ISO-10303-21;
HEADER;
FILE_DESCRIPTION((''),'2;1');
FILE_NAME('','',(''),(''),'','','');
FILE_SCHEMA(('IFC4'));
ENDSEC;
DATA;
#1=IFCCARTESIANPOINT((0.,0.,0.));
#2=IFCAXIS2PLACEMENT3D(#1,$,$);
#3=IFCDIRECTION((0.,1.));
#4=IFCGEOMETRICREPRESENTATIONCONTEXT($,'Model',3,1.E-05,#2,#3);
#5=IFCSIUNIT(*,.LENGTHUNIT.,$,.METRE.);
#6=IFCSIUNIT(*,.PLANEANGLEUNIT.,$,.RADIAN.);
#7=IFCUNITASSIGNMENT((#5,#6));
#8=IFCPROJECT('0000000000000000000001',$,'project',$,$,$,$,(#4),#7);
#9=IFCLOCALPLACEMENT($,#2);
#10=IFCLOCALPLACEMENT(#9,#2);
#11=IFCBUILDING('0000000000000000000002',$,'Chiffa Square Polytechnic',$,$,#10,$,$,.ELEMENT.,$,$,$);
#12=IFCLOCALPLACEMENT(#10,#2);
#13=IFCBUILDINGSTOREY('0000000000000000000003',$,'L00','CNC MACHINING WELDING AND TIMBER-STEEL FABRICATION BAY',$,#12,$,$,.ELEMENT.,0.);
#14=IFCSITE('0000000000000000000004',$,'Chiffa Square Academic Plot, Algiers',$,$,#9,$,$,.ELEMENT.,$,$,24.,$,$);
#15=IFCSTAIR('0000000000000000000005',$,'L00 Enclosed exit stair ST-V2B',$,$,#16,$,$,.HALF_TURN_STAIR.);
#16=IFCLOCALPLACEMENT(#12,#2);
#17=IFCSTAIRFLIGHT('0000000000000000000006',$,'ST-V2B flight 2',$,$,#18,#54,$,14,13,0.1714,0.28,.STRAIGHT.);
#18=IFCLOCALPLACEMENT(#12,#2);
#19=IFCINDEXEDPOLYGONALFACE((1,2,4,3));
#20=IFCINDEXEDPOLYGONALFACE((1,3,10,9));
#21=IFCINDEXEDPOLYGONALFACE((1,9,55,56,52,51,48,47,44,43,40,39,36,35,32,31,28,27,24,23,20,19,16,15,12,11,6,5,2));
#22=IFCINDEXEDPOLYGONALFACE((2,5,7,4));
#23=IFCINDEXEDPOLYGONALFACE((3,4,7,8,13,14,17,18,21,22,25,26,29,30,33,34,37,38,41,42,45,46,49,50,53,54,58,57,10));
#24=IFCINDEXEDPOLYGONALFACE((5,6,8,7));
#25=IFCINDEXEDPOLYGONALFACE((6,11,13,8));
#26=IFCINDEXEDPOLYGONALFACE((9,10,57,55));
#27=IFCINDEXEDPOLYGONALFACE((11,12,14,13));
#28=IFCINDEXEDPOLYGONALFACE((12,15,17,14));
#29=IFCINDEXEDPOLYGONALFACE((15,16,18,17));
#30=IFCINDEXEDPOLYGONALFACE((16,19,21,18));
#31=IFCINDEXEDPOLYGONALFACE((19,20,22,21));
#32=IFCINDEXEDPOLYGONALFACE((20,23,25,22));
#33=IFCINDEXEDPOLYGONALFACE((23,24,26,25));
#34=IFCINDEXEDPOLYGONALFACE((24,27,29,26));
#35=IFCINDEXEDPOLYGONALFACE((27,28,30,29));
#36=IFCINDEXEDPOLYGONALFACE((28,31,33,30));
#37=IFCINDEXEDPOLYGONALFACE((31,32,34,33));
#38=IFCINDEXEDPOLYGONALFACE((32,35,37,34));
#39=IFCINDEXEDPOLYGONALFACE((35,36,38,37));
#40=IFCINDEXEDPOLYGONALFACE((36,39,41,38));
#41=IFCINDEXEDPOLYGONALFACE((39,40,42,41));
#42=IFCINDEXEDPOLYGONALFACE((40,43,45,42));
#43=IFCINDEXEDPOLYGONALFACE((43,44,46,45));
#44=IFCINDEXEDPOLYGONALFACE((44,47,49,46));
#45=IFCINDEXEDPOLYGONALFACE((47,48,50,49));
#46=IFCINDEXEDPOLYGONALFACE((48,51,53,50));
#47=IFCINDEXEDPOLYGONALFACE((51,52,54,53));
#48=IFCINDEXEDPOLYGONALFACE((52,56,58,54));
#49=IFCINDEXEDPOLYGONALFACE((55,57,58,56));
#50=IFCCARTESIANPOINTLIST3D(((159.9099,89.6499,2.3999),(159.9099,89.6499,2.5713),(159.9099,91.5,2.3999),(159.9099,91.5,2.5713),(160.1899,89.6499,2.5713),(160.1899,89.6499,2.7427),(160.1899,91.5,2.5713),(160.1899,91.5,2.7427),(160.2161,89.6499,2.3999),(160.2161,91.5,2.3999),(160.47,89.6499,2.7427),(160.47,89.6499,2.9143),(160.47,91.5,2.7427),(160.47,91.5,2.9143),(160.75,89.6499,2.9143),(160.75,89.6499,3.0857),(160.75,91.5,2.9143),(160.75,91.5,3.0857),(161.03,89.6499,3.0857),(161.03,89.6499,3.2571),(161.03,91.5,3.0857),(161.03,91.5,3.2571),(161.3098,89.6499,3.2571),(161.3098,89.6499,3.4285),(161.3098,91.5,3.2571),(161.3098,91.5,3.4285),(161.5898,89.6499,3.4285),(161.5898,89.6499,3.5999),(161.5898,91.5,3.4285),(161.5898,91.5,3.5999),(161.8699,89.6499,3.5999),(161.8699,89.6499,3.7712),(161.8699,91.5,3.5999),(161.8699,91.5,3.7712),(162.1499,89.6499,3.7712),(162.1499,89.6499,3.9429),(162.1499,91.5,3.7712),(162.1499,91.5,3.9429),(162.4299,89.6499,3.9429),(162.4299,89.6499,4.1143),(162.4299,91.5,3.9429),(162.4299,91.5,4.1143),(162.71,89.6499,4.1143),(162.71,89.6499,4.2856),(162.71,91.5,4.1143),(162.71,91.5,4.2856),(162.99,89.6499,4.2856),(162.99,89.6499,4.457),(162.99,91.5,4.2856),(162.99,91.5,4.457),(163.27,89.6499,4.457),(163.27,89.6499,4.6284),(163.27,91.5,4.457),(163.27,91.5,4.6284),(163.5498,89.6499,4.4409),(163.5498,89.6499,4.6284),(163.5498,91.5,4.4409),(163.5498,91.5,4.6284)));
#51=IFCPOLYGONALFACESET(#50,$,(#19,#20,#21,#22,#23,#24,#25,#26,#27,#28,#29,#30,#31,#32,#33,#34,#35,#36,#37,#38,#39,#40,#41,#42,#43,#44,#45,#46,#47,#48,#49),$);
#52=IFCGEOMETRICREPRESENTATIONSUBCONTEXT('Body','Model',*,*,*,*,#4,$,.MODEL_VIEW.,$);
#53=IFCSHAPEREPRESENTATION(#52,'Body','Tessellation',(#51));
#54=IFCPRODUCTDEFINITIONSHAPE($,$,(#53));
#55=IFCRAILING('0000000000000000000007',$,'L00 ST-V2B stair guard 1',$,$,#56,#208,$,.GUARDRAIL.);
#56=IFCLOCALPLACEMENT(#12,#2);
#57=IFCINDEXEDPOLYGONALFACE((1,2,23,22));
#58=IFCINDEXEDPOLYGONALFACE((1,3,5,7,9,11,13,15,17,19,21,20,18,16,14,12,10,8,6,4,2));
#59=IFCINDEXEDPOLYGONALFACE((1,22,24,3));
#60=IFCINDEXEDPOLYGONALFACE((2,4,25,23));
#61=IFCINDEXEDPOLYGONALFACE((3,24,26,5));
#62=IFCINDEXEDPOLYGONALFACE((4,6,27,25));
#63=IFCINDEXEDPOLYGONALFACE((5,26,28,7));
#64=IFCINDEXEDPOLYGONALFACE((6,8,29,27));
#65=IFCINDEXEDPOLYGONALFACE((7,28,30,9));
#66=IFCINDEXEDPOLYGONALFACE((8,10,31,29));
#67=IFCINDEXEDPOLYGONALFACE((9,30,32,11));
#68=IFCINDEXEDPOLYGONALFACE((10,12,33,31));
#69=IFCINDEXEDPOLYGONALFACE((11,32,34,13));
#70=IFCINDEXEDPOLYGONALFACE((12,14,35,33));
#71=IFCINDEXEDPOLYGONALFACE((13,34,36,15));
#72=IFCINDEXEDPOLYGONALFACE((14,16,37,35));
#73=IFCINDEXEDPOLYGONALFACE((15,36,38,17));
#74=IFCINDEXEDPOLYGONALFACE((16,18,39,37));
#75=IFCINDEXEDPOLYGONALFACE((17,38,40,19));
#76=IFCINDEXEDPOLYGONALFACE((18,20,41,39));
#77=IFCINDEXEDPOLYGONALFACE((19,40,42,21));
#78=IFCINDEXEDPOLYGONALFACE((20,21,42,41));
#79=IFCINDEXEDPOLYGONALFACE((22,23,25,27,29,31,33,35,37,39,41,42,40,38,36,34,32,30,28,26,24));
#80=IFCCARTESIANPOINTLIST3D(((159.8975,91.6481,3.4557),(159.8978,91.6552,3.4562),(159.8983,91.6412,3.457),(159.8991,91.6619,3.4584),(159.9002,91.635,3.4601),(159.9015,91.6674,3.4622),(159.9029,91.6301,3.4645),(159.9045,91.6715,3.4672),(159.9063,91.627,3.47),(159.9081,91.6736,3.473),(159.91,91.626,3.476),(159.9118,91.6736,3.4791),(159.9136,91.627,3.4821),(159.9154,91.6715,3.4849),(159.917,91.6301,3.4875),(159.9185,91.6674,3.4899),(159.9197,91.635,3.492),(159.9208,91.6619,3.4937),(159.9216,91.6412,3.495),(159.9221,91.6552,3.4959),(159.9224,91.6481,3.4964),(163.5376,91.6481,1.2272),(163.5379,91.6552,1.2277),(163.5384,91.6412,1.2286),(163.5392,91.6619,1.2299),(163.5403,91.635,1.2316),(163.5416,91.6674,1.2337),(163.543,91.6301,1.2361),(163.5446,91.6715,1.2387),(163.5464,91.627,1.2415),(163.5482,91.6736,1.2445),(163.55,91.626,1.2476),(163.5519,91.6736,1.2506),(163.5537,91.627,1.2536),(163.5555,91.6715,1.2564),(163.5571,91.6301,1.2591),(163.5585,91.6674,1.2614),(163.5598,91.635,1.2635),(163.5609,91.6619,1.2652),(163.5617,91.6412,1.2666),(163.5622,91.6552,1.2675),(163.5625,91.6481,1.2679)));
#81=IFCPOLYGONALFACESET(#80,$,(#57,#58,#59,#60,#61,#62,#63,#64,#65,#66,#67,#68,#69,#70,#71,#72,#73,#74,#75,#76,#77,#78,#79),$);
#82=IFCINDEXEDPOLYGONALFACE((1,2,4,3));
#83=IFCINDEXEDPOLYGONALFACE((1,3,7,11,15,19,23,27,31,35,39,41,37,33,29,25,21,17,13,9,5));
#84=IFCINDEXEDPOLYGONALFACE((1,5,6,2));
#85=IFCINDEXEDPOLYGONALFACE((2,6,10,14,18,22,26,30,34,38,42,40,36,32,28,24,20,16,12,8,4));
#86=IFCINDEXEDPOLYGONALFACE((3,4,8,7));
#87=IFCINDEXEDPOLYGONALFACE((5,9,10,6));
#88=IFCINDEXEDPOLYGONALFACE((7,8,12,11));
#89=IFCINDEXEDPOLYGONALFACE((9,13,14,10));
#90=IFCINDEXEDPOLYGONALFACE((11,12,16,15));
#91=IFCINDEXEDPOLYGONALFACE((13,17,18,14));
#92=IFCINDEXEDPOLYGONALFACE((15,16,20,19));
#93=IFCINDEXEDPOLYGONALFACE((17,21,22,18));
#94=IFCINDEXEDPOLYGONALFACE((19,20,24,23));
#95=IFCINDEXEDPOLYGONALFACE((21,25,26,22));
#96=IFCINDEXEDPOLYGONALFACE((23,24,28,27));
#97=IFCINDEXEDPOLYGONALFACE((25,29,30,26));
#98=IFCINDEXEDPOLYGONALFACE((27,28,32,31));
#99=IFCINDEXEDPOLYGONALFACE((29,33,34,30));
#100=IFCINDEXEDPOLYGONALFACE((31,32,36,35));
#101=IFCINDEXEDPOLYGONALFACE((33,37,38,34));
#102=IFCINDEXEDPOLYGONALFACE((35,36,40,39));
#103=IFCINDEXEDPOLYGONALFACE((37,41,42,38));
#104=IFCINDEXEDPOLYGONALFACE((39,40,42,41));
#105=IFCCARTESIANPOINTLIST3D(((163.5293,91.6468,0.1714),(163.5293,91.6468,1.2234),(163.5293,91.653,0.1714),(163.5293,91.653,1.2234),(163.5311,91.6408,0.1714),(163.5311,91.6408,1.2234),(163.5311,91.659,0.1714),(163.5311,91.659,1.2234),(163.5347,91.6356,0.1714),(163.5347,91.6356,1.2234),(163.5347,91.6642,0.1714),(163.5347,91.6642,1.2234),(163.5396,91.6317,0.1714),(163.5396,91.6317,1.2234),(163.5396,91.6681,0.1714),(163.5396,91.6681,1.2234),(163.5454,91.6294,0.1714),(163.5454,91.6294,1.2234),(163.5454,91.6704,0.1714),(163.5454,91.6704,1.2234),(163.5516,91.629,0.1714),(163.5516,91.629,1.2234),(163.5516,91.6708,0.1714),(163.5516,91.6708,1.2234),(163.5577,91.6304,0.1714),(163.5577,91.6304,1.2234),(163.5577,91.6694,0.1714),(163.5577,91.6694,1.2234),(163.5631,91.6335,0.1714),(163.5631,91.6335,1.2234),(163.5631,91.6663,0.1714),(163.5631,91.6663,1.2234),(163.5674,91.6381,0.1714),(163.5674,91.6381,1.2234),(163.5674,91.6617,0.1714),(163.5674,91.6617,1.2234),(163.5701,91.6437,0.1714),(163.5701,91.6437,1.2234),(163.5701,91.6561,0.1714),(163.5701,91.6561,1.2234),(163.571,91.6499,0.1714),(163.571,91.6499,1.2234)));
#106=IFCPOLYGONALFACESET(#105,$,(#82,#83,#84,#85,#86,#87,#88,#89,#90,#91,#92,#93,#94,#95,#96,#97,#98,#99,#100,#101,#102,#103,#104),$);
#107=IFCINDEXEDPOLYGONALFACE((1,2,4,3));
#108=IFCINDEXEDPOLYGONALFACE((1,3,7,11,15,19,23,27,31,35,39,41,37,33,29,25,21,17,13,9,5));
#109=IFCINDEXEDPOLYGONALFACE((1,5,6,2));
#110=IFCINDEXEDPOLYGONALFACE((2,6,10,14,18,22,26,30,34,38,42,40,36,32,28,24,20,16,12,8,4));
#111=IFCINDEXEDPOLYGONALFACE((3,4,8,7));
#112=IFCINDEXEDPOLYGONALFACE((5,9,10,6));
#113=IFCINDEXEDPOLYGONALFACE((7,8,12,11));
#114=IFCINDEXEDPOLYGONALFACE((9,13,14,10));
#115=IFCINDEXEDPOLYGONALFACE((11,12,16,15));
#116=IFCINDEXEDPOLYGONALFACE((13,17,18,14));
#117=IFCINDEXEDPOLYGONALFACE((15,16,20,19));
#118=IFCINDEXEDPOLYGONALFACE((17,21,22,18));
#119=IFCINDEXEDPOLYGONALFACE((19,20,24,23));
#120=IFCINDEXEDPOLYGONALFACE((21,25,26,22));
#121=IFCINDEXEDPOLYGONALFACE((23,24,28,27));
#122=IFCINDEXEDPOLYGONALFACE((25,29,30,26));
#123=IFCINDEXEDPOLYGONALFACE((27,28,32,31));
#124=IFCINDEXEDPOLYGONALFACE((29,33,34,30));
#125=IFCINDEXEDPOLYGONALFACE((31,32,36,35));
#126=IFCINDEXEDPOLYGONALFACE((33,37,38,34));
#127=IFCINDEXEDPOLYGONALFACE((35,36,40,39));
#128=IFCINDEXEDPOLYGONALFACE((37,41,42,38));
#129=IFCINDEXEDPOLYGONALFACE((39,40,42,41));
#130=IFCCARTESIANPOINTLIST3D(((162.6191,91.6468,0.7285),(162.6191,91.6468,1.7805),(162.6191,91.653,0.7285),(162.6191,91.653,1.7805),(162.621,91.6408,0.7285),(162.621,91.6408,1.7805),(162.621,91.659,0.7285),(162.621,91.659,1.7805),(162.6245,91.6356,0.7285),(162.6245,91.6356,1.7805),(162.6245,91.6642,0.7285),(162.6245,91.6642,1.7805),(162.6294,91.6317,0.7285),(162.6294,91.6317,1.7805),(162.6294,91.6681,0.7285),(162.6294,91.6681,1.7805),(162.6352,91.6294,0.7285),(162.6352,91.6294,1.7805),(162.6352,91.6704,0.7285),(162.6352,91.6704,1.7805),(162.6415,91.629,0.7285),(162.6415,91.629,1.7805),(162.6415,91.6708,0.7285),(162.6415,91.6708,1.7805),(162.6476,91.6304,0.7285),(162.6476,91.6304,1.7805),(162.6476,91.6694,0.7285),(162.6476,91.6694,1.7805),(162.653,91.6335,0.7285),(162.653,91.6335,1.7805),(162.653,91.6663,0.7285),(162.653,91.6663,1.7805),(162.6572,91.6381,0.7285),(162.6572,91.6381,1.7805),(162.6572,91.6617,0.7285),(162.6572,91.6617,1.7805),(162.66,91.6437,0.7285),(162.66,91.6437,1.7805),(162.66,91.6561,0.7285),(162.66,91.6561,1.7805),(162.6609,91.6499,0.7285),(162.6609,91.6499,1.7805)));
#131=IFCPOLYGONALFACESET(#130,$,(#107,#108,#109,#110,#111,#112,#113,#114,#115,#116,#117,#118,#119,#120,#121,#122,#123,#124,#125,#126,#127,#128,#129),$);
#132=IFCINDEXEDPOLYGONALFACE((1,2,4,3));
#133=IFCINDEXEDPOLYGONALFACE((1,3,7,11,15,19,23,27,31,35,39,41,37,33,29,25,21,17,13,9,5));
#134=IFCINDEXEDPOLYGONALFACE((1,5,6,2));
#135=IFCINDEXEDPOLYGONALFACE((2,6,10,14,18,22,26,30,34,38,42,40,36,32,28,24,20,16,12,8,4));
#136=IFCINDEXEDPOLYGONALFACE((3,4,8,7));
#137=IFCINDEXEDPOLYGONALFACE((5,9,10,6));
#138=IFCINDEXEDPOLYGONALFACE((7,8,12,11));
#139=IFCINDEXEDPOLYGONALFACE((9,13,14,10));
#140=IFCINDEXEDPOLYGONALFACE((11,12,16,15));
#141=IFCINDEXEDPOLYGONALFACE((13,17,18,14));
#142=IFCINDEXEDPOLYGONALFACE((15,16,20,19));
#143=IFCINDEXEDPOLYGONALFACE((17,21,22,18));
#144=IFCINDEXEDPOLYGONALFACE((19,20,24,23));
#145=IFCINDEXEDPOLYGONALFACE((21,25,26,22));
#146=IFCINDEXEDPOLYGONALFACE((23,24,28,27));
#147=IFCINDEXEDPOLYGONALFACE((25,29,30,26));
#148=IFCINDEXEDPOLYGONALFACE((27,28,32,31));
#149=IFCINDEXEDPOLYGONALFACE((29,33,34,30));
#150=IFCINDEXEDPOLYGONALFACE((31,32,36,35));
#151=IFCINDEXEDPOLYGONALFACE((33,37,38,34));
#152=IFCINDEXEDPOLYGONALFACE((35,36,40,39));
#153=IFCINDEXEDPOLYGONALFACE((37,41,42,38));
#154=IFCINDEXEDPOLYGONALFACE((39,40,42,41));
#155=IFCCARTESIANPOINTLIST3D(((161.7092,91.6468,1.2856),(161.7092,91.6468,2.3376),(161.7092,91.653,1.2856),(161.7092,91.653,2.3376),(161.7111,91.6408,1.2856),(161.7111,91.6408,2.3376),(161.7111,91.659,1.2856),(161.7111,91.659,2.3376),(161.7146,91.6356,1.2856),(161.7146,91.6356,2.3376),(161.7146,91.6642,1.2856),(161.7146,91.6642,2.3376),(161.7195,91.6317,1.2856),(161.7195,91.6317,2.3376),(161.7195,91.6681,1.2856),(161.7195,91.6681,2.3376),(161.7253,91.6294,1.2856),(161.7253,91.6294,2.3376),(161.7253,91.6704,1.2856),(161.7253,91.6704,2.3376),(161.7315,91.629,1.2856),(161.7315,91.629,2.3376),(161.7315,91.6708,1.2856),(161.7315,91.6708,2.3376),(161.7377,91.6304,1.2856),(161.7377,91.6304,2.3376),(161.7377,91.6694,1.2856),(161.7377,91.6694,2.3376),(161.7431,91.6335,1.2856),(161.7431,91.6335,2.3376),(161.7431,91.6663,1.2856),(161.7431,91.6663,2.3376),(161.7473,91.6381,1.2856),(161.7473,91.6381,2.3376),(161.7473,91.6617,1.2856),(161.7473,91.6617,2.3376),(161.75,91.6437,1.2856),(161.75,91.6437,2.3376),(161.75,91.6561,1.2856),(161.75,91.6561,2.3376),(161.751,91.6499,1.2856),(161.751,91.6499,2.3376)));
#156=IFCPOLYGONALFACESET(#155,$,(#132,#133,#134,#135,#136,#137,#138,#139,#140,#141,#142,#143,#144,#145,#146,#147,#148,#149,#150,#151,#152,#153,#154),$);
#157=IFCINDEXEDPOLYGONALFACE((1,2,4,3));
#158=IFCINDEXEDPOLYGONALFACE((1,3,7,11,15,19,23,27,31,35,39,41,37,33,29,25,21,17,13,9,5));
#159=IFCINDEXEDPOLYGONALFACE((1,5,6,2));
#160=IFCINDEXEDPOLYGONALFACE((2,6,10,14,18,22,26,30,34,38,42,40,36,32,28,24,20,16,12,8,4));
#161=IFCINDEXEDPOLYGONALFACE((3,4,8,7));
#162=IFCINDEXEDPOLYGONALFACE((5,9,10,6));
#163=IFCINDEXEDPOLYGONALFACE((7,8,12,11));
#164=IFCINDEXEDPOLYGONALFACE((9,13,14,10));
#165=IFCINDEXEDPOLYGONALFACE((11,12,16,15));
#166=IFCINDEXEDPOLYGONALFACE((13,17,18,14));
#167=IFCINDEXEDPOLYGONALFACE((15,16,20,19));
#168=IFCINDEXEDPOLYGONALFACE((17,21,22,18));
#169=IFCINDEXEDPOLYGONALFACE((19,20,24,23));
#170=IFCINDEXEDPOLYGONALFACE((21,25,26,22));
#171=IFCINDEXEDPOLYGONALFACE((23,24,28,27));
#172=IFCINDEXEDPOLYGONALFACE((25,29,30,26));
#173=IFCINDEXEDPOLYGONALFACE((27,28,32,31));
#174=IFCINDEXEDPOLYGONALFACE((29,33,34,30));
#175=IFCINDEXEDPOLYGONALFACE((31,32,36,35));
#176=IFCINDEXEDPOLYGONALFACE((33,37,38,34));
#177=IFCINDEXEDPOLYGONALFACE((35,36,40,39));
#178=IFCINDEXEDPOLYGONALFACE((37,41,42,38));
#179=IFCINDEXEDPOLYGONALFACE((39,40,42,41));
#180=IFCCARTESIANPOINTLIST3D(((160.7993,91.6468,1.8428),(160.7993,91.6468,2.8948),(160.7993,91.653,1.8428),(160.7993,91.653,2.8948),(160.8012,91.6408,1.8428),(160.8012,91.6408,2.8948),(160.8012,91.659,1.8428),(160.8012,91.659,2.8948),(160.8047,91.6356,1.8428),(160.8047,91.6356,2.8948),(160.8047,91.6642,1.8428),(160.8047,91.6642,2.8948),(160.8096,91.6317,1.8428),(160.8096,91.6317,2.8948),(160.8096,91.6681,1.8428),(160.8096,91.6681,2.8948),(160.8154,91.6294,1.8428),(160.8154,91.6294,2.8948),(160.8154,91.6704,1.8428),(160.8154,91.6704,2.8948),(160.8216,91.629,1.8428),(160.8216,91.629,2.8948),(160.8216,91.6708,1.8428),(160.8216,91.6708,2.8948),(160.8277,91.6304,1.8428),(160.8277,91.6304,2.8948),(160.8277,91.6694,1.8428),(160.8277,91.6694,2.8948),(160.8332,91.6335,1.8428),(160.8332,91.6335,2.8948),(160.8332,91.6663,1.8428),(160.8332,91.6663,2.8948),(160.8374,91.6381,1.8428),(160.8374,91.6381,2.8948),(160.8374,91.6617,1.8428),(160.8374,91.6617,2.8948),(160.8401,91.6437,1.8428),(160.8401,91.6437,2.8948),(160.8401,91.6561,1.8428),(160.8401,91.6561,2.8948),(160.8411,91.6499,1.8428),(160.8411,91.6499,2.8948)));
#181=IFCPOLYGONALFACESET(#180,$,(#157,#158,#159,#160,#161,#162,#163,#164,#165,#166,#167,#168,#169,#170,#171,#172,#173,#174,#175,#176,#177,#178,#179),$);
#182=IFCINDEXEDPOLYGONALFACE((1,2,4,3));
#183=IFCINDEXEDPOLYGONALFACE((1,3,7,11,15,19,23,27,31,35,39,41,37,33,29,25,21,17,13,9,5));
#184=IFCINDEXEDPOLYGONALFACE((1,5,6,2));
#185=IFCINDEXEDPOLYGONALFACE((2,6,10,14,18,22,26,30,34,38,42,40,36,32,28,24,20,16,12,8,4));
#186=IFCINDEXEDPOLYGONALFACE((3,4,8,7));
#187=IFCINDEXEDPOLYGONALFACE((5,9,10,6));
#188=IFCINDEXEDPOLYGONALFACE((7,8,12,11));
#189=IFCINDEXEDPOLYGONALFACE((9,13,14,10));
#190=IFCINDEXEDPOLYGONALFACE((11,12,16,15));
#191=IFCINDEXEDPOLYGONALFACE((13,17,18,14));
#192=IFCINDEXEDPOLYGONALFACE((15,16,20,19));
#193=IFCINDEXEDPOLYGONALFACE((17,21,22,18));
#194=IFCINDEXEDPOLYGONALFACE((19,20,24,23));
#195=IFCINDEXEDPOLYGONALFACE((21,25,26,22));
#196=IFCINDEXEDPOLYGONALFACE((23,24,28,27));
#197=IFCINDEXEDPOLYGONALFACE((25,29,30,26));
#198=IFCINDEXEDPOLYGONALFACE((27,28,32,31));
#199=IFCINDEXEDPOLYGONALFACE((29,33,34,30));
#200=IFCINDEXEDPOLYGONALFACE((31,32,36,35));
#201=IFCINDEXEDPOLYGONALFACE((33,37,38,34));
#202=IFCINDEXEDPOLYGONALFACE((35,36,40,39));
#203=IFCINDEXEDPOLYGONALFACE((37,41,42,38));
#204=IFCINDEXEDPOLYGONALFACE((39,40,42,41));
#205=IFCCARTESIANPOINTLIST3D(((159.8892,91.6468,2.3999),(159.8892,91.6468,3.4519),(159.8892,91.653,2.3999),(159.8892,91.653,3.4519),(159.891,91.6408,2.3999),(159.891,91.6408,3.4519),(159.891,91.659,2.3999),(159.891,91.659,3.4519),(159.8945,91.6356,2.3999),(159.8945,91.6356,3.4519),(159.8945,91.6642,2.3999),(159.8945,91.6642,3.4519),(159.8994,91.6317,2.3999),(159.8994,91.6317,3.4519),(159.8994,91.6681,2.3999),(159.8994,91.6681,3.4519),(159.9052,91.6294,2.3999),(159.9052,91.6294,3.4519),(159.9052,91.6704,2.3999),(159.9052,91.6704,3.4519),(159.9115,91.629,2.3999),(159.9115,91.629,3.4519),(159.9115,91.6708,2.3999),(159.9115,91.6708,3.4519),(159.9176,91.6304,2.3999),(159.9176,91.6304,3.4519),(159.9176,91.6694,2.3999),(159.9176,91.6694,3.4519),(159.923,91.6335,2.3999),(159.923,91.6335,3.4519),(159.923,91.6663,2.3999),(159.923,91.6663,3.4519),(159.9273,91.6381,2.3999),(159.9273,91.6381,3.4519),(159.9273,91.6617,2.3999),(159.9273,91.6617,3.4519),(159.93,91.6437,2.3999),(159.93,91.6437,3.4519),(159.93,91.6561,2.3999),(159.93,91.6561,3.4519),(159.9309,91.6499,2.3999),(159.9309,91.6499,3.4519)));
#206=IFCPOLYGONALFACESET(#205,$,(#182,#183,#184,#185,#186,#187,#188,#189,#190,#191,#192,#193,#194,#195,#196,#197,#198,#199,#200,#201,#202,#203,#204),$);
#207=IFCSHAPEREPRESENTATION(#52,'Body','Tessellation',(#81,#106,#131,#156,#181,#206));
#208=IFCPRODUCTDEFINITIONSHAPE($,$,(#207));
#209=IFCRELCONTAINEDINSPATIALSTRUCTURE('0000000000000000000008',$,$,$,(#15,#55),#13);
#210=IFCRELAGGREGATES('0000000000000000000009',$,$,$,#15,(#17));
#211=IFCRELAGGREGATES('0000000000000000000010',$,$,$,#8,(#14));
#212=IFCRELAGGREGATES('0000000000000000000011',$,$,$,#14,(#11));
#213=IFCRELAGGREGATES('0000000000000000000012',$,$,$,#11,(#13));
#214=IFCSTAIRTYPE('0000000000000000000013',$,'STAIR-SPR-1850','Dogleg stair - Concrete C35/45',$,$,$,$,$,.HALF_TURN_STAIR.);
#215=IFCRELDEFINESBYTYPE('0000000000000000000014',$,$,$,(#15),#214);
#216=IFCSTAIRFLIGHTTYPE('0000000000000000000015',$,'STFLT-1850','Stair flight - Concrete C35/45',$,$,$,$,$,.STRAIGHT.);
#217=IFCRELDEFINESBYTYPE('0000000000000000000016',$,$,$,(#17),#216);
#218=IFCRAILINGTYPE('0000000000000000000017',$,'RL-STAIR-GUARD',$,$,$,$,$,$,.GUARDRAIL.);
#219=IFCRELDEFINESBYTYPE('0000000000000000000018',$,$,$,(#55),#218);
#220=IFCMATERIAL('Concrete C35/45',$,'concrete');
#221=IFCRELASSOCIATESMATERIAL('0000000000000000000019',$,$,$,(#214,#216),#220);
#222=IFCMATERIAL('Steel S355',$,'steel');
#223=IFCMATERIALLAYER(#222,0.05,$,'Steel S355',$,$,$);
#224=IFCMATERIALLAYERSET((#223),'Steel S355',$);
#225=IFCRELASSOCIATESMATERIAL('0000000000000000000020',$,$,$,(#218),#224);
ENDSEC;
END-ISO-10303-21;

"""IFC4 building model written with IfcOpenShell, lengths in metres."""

from ifc_helpers import new_model, si_unit, direction, frame, origin, origin_2d, place, context, subcontext, project, spatial, polyline, circle, outline, extrude, material, layer, layer_set, type_object, element, aggregate, save


model = new_model("IFC4")

# Units and contexts
model_context = context("Model", 3, precision=1e-05, world=origin(), true_north=direction((0.0, 1.0)))
body_context = subcontext(model_context, "Body", "Model", "MODEL_VIEW")
ifc_project = project(units=[si_unit("LENGTHUNIT", "METRE"), si_unit("PLANEANGLEUNIT", "RADIAN")], contexts=[model_context])

# Site, building, storey
site_placement = place(None, origin())
site = spatial("IfcSite", under=ifc_project, at=site_placement, Name="Chiffa Square Academic Plot, Algiers", CompositionType="ELEMENT", RefElevation=24.0)
building_placement = place(site_placement, origin())
building = spatial("IfcBuilding", under=site, at=building_placement, Name="Chiffa Square Polytechnic", CompositionType="ELEMENT")
storey_placement = place(building_placement, origin())
storey = spatial("IfcBuildingStorey", under=building, at=storey_placement, Name="L00", Description="CNC MACHINING WELDING AND TIMBER-STEEL FABRICATION BAY", CompositionType="ELEMENT", Elevation=0.0)

# Shared definitions
ifc_material_1 = material(Name="Concrete C35/45", Category="concrete")

# Stair, stair flight
stair_type = type_object("IfcStairType", Name="STAIR-SPR-1850", Description="Dogleg stair - Concrete C35/45", PredefinedType="HALF_TURN_STAIR", material=ifc_material_1)
stair_placement = place(storey_placement, origin())
stair = element("IfcStair", 1, at=stair_placement, inside=storey, type_object=stair_type, Name="L00 Enclosed exit stair ST-V2B", PredefinedType="HALF_TURN_STAIR")
stair_flight_type = type_object("IfcStairFlightType", Name="STFLT-1850", Description="Stair flight - Concrete C35/45", PredefinedType="STRAIGHT", material=ifc_material_1)
stair_flight_1_placement = place(storey_placement, frame((159.9099, 90.575, 2.3999), z_axis=(0.0, 0.0, 1.0), x_axis=(1.0, 0.0, 0.0)))
stair_flight_1 = element("IfcStairFlight", 2, at=stair_flight_1_placement, type_object=stair_flight_type, Name="ST-V2B flight 2", NumberOfRisers=14, NumberOfTreads=13, PredefinedType="STRAIGHT", RiserHeight=0.1714, TreadLength=0.28, context=body_context, shape_type="SweptSolid", body=[
    extrude(outline(polyline([(0.0, 0.0), (0.0, 0.1714), (0.28, 0.1714), (0.28, 0.3428), (0.5601, 0.3428), (0.5601, 0.5144), (0.8401, 0.5144), (0.8401, 0.6858), (1.1201, 0.6858), (1.1201, 0.8572), (1.3999, 0.8572), (1.3999, 1.0286), (1.6799, 1.0286), (1.6799, 1.2), (1.96, 1.2), (1.96, 1.3713), (2.24, 1.3713), (2.24, 1.543), (2.52, 1.543), (2.52, 1.7144), (2.8, 1.7144), (2.8, 1.8857), (3.0801, 1.8857), (3.0801, 2.0571), (3.3601, 2.0571), (3.3601, 2.2285), (3.6399, 2.2285), (3.6399, 2.3999), (3.6399, 2.041), (0.3062, 0.0), (0.0, 0.0)])), frame((0.0, 0.925, 0.0), z_axis=(0.0, -1.0, 0.0), x_axis=(1.0, 0.0, 0.0)), (0.0, 0.0, 1.0), 1.8501),
])
aggregate(stair, [stair_flight_1])

# Railing
ifc_material_2 = material(Name="Steel S355", Category="steel")
ifc_layer_1 = layer(ifc_material_2, 0.05, Name="Steel S355")
ifc_layer_set_1 = layer_set([ifc_layer_1], Name="Steel S355")
railing_type_1 = type_object("IfcRailingType", Name="RL-STAIR-GUARD", PredefinedType="GUARDRAIL", material=ifc_layer_set_1)
railing_1_placement = place(storey_placement, frame((163.55, 91.6499, 0.1714)))
element("IfcRailing", 3, at=railing_1_placement, inside=storey, type_object=railing_type_1, Name="L00 ST-V2B stair guard 1", PredefinedType="GUARDRAIL", context=body_context, shape_type="SweptSolid", body=[
    extrude(circle(Radius=0.0239, at=origin_2d()), frame((0.0, 0.0, 1.0762), z_axis=(-0.852866, 0.0, 0.52213), x_axis=(0.0, -1.0, 0.0)), (0.0, 0.0, 1.0), 4.2681),
    extrude(circle(Radius=0.021, at=origin_2d()), origin(), (0.0, 0.0, 1.0), 1.052),
    extrude(circle(Radius=0.021, at=origin_2d()), frame((-0.9102, 0.0, 0.5571)), (0.0, 0.0, 1.0), 1.052),
    extrude(circle(Radius=0.021, at=origin_2d()), frame((-1.8201, 0.0, 1.1143)), (0.0, 0.0, 1.0), 1.052),
    extrude(circle(Radius=0.021, at=origin_2d()), frame((-2.73, 0.0, 1.6714)), (0.0, 0.0, 1.0), 1.052),
    extrude(circle(Radius=0.021, at=origin_2d()), frame((-3.6401, 0.0, 2.2285)), (0.0, 0.0, 1.0), 1.052),
])

save(model, "model.ifc")
